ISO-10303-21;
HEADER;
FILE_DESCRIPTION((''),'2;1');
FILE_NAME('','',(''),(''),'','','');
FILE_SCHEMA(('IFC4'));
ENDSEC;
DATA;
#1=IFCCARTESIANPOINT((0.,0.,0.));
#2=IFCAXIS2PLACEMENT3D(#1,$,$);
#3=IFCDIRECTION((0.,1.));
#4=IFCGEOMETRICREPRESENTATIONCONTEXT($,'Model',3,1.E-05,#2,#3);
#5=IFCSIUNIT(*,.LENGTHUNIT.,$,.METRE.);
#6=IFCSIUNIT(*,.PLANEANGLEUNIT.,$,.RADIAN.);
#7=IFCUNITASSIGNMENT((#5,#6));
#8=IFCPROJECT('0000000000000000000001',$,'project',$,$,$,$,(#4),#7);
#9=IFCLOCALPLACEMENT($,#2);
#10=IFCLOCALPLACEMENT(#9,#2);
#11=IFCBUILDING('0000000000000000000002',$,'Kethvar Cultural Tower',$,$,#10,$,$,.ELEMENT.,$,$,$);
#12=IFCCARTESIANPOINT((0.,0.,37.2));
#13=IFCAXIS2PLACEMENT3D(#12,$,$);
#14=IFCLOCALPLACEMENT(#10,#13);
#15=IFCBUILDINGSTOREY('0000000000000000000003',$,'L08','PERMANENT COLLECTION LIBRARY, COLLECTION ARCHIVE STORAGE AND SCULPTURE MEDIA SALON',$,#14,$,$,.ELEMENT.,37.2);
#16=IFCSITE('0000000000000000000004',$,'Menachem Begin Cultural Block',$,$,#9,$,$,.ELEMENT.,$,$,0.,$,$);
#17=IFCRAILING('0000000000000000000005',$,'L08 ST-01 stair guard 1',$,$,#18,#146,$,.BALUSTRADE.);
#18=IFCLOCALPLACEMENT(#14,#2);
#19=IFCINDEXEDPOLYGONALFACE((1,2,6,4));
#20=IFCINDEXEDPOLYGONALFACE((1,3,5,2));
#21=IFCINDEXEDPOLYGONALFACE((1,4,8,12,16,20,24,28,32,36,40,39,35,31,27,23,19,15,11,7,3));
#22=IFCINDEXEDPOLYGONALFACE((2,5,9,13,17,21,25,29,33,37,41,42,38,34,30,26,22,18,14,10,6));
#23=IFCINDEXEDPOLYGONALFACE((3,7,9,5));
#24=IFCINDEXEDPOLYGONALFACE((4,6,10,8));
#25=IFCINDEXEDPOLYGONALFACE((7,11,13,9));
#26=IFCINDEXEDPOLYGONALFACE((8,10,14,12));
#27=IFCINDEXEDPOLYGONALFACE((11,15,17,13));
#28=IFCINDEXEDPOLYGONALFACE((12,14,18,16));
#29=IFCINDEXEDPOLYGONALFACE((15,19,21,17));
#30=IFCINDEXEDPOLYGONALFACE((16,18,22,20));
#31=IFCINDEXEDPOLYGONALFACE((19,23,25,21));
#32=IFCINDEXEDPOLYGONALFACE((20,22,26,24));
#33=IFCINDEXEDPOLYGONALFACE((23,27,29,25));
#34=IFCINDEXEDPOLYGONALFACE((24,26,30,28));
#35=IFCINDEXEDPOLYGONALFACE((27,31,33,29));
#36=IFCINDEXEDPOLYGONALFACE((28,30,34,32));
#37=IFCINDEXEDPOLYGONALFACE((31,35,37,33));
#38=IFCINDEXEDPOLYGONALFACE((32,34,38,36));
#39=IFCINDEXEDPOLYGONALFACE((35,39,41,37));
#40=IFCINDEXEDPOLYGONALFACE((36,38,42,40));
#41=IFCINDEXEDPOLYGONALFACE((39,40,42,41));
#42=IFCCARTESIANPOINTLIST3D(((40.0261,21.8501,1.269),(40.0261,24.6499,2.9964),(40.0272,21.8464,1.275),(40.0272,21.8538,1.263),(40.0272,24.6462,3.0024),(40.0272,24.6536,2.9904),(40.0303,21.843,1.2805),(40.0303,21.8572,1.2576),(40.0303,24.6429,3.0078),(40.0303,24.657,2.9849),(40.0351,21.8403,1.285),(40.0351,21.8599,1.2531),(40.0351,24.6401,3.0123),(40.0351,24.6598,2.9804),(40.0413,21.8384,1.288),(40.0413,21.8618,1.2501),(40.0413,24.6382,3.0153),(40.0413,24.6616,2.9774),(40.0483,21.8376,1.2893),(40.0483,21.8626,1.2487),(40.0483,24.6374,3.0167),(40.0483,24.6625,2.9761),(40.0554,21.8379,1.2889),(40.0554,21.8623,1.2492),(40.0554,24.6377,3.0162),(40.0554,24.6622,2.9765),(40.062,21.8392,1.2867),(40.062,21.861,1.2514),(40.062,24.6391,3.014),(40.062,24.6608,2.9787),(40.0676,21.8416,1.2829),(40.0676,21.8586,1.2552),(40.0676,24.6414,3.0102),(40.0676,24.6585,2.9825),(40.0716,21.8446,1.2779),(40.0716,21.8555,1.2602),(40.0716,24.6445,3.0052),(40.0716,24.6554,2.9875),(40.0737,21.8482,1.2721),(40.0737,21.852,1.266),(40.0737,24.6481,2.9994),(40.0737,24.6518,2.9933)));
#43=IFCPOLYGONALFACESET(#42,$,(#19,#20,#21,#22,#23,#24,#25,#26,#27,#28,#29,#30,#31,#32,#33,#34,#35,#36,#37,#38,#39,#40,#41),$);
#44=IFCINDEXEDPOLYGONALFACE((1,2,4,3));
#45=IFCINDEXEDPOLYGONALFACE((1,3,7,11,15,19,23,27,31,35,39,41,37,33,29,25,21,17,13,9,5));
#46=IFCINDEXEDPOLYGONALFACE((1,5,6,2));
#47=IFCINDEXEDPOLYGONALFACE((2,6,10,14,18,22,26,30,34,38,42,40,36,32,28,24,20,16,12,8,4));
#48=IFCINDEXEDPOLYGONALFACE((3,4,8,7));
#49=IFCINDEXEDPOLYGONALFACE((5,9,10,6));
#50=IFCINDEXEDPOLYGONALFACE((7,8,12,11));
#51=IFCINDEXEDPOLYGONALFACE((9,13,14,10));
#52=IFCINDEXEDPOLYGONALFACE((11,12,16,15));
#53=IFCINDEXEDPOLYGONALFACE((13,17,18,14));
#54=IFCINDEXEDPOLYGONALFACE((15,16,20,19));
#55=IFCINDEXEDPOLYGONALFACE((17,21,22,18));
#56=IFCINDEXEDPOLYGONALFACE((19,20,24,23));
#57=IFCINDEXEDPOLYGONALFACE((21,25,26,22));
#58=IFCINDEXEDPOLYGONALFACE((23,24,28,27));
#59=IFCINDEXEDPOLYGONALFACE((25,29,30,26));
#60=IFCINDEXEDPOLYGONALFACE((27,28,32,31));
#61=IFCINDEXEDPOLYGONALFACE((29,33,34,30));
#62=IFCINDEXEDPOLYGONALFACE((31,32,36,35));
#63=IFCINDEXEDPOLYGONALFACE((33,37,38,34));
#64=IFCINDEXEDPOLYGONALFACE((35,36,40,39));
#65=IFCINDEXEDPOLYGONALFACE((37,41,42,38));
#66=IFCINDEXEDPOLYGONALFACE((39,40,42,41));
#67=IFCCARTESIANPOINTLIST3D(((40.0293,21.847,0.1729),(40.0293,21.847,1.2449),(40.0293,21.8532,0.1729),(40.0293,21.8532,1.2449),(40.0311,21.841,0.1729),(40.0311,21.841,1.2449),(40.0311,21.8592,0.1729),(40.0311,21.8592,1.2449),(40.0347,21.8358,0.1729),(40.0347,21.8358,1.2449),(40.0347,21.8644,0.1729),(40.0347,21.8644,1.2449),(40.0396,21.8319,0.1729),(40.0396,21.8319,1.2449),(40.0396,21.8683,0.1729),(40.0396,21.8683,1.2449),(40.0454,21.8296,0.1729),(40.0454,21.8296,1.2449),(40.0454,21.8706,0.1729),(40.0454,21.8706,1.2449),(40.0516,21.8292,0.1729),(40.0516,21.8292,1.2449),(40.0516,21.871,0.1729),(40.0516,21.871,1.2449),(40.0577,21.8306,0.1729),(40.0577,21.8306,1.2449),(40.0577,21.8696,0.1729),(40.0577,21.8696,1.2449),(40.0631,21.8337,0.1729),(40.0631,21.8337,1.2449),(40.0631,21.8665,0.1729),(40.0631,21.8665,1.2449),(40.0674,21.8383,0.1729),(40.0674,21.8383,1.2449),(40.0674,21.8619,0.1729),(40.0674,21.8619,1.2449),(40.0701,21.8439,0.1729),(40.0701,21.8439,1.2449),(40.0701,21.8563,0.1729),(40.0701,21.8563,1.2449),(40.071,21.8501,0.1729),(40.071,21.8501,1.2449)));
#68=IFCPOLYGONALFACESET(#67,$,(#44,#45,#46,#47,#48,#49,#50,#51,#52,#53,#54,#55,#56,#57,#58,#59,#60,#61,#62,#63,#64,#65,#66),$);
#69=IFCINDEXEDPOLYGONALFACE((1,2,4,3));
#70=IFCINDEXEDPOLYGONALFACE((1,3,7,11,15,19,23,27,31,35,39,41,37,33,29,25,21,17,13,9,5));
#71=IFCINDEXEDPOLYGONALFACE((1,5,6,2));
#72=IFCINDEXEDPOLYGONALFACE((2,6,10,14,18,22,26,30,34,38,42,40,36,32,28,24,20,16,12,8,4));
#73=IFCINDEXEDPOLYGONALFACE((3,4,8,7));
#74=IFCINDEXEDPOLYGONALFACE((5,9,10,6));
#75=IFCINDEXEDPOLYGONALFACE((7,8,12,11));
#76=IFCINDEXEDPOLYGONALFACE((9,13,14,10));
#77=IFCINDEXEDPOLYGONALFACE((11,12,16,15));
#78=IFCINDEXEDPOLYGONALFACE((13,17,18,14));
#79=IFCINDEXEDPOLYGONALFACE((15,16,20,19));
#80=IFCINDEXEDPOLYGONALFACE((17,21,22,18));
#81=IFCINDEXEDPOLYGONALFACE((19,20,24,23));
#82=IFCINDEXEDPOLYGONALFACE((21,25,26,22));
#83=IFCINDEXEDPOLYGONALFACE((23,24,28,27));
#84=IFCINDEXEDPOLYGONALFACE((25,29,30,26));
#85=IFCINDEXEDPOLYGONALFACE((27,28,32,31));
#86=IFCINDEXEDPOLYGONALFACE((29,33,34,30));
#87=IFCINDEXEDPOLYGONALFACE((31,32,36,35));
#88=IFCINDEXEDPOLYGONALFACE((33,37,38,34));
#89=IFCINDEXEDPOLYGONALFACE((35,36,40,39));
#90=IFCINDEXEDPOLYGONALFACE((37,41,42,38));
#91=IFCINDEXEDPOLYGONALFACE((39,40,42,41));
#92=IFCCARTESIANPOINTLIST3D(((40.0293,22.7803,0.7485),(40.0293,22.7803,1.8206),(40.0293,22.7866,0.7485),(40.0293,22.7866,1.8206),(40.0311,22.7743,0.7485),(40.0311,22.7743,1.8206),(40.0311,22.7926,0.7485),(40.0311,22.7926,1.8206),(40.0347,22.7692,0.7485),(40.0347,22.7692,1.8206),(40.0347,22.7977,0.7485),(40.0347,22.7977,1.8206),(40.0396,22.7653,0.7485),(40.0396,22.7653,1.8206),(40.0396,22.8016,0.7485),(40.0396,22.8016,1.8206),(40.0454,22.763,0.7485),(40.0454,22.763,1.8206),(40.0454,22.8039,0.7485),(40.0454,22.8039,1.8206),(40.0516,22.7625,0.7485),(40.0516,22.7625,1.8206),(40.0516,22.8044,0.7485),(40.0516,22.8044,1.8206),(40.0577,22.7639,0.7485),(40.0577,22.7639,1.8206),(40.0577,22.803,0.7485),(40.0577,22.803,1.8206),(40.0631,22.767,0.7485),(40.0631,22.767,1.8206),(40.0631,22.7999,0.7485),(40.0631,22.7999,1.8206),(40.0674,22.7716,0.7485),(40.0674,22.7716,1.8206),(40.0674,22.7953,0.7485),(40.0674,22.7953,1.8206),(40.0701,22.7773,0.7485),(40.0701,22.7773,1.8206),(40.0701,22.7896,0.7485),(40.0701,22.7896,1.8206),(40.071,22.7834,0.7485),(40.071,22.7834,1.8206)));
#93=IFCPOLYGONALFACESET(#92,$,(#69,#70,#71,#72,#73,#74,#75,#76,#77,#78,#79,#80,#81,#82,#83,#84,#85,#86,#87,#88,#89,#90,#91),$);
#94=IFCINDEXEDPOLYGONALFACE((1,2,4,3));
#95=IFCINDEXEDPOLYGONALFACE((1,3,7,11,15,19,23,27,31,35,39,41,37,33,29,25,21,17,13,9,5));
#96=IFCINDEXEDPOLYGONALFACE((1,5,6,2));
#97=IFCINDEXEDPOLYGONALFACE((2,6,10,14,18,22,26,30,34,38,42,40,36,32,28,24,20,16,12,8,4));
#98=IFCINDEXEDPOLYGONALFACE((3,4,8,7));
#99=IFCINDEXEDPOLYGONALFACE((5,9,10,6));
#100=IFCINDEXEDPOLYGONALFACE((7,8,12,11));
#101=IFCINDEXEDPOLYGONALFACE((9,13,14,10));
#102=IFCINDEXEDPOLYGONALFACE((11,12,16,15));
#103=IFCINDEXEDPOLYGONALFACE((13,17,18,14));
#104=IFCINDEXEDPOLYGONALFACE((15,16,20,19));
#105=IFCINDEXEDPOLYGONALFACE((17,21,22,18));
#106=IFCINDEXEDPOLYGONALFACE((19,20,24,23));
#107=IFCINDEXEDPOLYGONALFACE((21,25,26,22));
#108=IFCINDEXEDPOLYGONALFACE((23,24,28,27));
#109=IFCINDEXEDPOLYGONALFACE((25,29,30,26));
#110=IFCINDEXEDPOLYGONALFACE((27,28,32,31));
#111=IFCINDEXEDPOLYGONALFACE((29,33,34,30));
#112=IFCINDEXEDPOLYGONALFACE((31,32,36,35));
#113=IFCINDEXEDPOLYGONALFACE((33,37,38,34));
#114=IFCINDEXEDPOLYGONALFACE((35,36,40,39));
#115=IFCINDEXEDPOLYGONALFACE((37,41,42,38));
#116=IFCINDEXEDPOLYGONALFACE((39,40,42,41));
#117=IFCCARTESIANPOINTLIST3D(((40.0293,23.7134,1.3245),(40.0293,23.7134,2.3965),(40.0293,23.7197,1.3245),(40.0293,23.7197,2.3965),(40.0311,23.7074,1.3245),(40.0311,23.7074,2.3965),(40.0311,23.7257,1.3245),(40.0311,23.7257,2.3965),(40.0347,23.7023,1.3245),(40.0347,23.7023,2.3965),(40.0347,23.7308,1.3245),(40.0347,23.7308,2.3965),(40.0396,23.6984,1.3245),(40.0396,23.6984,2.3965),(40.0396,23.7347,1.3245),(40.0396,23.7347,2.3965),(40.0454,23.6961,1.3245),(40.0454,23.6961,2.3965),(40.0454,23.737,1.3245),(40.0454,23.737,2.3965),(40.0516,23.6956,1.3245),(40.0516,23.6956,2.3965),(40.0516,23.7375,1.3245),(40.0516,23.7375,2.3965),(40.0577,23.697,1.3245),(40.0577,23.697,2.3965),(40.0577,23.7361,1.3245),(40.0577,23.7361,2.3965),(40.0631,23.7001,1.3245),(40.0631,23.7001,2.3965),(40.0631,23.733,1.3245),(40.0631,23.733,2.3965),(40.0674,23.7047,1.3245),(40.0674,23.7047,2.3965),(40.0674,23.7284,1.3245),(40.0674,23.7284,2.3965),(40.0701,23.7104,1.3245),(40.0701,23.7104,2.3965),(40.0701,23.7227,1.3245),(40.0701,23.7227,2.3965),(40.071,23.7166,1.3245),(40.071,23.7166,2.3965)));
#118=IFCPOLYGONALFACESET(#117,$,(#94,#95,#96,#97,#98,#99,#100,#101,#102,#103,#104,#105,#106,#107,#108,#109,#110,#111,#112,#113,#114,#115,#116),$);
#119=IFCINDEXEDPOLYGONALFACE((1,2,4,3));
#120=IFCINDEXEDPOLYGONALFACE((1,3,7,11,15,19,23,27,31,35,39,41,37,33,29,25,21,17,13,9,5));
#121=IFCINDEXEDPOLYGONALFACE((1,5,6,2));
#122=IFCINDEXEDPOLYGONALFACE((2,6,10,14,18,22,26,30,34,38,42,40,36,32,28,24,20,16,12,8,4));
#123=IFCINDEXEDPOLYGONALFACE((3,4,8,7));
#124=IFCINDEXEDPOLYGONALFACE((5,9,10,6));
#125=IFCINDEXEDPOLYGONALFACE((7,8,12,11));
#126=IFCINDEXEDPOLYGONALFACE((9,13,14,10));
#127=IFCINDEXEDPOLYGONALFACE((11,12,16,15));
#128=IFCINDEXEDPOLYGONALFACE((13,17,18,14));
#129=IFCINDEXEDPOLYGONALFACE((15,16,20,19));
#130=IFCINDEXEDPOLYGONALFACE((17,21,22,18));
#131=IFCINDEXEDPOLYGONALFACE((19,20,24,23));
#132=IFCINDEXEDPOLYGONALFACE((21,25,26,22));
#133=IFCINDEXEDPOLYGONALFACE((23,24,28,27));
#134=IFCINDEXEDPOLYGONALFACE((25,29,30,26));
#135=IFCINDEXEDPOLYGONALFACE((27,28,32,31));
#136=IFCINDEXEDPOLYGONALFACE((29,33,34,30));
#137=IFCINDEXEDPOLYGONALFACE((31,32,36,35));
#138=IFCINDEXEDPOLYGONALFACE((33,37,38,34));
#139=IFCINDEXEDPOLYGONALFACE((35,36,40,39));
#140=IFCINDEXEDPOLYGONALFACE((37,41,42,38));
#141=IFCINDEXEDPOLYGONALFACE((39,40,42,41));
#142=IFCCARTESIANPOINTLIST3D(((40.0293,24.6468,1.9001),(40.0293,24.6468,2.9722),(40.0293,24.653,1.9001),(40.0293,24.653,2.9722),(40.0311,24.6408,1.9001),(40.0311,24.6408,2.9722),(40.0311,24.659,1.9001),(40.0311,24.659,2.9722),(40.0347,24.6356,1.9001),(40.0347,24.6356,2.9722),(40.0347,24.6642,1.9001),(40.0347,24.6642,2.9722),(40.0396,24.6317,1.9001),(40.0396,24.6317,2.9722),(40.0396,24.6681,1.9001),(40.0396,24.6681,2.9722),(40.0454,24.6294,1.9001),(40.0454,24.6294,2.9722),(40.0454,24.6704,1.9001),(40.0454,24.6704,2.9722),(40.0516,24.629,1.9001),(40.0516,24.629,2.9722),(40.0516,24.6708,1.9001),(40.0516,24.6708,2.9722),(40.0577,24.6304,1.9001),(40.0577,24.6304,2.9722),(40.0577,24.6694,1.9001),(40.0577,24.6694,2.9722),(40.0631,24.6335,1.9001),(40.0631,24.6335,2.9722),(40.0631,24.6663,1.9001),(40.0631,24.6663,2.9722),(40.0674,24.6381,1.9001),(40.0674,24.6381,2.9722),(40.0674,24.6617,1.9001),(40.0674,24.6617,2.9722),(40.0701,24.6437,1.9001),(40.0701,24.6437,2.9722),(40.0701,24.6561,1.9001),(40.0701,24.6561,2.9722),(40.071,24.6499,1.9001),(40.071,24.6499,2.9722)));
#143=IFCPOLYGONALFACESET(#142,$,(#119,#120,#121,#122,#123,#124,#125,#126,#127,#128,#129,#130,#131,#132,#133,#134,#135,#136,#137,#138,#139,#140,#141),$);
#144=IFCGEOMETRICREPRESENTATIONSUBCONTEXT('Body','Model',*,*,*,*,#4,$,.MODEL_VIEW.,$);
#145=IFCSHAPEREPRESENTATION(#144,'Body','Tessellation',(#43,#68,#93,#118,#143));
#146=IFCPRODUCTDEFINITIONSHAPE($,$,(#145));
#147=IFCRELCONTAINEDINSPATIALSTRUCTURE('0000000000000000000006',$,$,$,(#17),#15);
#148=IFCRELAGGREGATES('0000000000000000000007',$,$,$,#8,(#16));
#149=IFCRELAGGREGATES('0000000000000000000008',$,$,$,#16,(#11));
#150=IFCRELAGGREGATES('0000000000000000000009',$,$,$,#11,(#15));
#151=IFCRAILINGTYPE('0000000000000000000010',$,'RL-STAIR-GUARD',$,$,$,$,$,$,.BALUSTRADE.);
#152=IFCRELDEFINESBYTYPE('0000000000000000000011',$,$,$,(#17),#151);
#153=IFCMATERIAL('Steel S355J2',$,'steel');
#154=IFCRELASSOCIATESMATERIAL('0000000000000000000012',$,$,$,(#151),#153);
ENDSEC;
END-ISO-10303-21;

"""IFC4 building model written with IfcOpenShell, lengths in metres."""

from ifc_helpers import new_model, si_unit, direction, frame, origin, origin_2d, place, context, subcontext, project, spatial, circle, extrude, material, type_object, element, save


model = new_model("IFC4")

# Units and contexts
model_context = context("Model", 3, precision=1e-05, world=origin(), true_north=direction((0.0, 1.0)))
body_context = subcontext(model_context, "Body", "Model", "MODEL_VIEW")
ifc_project = project(units=[si_unit("LENGTHUNIT", "METRE"), si_unit("PLANEANGLEUNIT", "RADIAN")], contexts=[model_context])

# Site, building, storey
site_placement = place(None, origin())
site = spatial("IfcSite", under=ifc_project, at=site_placement, Name="Menachem Begin Cultural Block", CompositionType="ELEMENT", RefElevation=0.0)
building_placement = place(site_placement, origin())
building = spatial("IfcBuilding", under=site, at=building_placement, Name="Kethvar Cultural Tower", CompositionType="ELEMENT")
storey_placement = place(building_placement, frame((0.0, 0.0, 37.2)))
storey = spatial("IfcBuildingStorey", under=building, at=storey_placement, Name="L08", Description="PERMANENT COLLECTION LIBRARY, COLLECTION ARCHIVE STORAGE AND SCULPTURE MEDIA SALON", CompositionType="ELEMENT", Elevation=37.2)

# Shared definitions
ifc_material_1 = material(Name="Steel S355J2", Category="steel")

# Railing
railing_type_1 = type_object("IfcRailingType", Name="RL-STAIR-GUARD", PredefinedType="BALUSTRADE", material=ifc_material_1)
railing_1_placement = place(storey_placement, frame((40.05, 21.8501, 0.1729)))
element("IfcRailing", 1, at=railing_1_placement, inside=storey, type_object=railing_type_1, Name="L08 ST-01 stair guard 1", PredefinedType="BALUSTRADE", context=body_context, shape_type="SweptSolid", body=[
    extrude(circle(Radius=0.0239, at=origin_2d()), frame((0.0, 0.0, 1.0962), z_axis=(0.0, 0.851069, 0.525054), x_axis=(-1.0, 0.0, 0.0)), (0.0, 0.0, 1.0), 3.2898),
    extrude(circle(Radius=0.021, at=origin_2d()), origin(), (0.0, 0.0, 1.0), 1.072),
    extrude(circle(Radius=0.021, at=origin_2d()), frame((0.0, 0.9333, 0.5757)), (0.0, 0.0, 1.0), 1.072),
    extrude(circle(Radius=0.021, at=origin_2d()), frame((0.0, 1.8665, 1.1516)), (0.0, 0.0, 1.0), 1.072),
    extrude(circle(Radius=0.021, at=origin_2d()), frame((0.0, 2.7998, 1.7273)), (0.0, 0.0, 1.0), 1.072),
])

save(model, "model.ifc")
